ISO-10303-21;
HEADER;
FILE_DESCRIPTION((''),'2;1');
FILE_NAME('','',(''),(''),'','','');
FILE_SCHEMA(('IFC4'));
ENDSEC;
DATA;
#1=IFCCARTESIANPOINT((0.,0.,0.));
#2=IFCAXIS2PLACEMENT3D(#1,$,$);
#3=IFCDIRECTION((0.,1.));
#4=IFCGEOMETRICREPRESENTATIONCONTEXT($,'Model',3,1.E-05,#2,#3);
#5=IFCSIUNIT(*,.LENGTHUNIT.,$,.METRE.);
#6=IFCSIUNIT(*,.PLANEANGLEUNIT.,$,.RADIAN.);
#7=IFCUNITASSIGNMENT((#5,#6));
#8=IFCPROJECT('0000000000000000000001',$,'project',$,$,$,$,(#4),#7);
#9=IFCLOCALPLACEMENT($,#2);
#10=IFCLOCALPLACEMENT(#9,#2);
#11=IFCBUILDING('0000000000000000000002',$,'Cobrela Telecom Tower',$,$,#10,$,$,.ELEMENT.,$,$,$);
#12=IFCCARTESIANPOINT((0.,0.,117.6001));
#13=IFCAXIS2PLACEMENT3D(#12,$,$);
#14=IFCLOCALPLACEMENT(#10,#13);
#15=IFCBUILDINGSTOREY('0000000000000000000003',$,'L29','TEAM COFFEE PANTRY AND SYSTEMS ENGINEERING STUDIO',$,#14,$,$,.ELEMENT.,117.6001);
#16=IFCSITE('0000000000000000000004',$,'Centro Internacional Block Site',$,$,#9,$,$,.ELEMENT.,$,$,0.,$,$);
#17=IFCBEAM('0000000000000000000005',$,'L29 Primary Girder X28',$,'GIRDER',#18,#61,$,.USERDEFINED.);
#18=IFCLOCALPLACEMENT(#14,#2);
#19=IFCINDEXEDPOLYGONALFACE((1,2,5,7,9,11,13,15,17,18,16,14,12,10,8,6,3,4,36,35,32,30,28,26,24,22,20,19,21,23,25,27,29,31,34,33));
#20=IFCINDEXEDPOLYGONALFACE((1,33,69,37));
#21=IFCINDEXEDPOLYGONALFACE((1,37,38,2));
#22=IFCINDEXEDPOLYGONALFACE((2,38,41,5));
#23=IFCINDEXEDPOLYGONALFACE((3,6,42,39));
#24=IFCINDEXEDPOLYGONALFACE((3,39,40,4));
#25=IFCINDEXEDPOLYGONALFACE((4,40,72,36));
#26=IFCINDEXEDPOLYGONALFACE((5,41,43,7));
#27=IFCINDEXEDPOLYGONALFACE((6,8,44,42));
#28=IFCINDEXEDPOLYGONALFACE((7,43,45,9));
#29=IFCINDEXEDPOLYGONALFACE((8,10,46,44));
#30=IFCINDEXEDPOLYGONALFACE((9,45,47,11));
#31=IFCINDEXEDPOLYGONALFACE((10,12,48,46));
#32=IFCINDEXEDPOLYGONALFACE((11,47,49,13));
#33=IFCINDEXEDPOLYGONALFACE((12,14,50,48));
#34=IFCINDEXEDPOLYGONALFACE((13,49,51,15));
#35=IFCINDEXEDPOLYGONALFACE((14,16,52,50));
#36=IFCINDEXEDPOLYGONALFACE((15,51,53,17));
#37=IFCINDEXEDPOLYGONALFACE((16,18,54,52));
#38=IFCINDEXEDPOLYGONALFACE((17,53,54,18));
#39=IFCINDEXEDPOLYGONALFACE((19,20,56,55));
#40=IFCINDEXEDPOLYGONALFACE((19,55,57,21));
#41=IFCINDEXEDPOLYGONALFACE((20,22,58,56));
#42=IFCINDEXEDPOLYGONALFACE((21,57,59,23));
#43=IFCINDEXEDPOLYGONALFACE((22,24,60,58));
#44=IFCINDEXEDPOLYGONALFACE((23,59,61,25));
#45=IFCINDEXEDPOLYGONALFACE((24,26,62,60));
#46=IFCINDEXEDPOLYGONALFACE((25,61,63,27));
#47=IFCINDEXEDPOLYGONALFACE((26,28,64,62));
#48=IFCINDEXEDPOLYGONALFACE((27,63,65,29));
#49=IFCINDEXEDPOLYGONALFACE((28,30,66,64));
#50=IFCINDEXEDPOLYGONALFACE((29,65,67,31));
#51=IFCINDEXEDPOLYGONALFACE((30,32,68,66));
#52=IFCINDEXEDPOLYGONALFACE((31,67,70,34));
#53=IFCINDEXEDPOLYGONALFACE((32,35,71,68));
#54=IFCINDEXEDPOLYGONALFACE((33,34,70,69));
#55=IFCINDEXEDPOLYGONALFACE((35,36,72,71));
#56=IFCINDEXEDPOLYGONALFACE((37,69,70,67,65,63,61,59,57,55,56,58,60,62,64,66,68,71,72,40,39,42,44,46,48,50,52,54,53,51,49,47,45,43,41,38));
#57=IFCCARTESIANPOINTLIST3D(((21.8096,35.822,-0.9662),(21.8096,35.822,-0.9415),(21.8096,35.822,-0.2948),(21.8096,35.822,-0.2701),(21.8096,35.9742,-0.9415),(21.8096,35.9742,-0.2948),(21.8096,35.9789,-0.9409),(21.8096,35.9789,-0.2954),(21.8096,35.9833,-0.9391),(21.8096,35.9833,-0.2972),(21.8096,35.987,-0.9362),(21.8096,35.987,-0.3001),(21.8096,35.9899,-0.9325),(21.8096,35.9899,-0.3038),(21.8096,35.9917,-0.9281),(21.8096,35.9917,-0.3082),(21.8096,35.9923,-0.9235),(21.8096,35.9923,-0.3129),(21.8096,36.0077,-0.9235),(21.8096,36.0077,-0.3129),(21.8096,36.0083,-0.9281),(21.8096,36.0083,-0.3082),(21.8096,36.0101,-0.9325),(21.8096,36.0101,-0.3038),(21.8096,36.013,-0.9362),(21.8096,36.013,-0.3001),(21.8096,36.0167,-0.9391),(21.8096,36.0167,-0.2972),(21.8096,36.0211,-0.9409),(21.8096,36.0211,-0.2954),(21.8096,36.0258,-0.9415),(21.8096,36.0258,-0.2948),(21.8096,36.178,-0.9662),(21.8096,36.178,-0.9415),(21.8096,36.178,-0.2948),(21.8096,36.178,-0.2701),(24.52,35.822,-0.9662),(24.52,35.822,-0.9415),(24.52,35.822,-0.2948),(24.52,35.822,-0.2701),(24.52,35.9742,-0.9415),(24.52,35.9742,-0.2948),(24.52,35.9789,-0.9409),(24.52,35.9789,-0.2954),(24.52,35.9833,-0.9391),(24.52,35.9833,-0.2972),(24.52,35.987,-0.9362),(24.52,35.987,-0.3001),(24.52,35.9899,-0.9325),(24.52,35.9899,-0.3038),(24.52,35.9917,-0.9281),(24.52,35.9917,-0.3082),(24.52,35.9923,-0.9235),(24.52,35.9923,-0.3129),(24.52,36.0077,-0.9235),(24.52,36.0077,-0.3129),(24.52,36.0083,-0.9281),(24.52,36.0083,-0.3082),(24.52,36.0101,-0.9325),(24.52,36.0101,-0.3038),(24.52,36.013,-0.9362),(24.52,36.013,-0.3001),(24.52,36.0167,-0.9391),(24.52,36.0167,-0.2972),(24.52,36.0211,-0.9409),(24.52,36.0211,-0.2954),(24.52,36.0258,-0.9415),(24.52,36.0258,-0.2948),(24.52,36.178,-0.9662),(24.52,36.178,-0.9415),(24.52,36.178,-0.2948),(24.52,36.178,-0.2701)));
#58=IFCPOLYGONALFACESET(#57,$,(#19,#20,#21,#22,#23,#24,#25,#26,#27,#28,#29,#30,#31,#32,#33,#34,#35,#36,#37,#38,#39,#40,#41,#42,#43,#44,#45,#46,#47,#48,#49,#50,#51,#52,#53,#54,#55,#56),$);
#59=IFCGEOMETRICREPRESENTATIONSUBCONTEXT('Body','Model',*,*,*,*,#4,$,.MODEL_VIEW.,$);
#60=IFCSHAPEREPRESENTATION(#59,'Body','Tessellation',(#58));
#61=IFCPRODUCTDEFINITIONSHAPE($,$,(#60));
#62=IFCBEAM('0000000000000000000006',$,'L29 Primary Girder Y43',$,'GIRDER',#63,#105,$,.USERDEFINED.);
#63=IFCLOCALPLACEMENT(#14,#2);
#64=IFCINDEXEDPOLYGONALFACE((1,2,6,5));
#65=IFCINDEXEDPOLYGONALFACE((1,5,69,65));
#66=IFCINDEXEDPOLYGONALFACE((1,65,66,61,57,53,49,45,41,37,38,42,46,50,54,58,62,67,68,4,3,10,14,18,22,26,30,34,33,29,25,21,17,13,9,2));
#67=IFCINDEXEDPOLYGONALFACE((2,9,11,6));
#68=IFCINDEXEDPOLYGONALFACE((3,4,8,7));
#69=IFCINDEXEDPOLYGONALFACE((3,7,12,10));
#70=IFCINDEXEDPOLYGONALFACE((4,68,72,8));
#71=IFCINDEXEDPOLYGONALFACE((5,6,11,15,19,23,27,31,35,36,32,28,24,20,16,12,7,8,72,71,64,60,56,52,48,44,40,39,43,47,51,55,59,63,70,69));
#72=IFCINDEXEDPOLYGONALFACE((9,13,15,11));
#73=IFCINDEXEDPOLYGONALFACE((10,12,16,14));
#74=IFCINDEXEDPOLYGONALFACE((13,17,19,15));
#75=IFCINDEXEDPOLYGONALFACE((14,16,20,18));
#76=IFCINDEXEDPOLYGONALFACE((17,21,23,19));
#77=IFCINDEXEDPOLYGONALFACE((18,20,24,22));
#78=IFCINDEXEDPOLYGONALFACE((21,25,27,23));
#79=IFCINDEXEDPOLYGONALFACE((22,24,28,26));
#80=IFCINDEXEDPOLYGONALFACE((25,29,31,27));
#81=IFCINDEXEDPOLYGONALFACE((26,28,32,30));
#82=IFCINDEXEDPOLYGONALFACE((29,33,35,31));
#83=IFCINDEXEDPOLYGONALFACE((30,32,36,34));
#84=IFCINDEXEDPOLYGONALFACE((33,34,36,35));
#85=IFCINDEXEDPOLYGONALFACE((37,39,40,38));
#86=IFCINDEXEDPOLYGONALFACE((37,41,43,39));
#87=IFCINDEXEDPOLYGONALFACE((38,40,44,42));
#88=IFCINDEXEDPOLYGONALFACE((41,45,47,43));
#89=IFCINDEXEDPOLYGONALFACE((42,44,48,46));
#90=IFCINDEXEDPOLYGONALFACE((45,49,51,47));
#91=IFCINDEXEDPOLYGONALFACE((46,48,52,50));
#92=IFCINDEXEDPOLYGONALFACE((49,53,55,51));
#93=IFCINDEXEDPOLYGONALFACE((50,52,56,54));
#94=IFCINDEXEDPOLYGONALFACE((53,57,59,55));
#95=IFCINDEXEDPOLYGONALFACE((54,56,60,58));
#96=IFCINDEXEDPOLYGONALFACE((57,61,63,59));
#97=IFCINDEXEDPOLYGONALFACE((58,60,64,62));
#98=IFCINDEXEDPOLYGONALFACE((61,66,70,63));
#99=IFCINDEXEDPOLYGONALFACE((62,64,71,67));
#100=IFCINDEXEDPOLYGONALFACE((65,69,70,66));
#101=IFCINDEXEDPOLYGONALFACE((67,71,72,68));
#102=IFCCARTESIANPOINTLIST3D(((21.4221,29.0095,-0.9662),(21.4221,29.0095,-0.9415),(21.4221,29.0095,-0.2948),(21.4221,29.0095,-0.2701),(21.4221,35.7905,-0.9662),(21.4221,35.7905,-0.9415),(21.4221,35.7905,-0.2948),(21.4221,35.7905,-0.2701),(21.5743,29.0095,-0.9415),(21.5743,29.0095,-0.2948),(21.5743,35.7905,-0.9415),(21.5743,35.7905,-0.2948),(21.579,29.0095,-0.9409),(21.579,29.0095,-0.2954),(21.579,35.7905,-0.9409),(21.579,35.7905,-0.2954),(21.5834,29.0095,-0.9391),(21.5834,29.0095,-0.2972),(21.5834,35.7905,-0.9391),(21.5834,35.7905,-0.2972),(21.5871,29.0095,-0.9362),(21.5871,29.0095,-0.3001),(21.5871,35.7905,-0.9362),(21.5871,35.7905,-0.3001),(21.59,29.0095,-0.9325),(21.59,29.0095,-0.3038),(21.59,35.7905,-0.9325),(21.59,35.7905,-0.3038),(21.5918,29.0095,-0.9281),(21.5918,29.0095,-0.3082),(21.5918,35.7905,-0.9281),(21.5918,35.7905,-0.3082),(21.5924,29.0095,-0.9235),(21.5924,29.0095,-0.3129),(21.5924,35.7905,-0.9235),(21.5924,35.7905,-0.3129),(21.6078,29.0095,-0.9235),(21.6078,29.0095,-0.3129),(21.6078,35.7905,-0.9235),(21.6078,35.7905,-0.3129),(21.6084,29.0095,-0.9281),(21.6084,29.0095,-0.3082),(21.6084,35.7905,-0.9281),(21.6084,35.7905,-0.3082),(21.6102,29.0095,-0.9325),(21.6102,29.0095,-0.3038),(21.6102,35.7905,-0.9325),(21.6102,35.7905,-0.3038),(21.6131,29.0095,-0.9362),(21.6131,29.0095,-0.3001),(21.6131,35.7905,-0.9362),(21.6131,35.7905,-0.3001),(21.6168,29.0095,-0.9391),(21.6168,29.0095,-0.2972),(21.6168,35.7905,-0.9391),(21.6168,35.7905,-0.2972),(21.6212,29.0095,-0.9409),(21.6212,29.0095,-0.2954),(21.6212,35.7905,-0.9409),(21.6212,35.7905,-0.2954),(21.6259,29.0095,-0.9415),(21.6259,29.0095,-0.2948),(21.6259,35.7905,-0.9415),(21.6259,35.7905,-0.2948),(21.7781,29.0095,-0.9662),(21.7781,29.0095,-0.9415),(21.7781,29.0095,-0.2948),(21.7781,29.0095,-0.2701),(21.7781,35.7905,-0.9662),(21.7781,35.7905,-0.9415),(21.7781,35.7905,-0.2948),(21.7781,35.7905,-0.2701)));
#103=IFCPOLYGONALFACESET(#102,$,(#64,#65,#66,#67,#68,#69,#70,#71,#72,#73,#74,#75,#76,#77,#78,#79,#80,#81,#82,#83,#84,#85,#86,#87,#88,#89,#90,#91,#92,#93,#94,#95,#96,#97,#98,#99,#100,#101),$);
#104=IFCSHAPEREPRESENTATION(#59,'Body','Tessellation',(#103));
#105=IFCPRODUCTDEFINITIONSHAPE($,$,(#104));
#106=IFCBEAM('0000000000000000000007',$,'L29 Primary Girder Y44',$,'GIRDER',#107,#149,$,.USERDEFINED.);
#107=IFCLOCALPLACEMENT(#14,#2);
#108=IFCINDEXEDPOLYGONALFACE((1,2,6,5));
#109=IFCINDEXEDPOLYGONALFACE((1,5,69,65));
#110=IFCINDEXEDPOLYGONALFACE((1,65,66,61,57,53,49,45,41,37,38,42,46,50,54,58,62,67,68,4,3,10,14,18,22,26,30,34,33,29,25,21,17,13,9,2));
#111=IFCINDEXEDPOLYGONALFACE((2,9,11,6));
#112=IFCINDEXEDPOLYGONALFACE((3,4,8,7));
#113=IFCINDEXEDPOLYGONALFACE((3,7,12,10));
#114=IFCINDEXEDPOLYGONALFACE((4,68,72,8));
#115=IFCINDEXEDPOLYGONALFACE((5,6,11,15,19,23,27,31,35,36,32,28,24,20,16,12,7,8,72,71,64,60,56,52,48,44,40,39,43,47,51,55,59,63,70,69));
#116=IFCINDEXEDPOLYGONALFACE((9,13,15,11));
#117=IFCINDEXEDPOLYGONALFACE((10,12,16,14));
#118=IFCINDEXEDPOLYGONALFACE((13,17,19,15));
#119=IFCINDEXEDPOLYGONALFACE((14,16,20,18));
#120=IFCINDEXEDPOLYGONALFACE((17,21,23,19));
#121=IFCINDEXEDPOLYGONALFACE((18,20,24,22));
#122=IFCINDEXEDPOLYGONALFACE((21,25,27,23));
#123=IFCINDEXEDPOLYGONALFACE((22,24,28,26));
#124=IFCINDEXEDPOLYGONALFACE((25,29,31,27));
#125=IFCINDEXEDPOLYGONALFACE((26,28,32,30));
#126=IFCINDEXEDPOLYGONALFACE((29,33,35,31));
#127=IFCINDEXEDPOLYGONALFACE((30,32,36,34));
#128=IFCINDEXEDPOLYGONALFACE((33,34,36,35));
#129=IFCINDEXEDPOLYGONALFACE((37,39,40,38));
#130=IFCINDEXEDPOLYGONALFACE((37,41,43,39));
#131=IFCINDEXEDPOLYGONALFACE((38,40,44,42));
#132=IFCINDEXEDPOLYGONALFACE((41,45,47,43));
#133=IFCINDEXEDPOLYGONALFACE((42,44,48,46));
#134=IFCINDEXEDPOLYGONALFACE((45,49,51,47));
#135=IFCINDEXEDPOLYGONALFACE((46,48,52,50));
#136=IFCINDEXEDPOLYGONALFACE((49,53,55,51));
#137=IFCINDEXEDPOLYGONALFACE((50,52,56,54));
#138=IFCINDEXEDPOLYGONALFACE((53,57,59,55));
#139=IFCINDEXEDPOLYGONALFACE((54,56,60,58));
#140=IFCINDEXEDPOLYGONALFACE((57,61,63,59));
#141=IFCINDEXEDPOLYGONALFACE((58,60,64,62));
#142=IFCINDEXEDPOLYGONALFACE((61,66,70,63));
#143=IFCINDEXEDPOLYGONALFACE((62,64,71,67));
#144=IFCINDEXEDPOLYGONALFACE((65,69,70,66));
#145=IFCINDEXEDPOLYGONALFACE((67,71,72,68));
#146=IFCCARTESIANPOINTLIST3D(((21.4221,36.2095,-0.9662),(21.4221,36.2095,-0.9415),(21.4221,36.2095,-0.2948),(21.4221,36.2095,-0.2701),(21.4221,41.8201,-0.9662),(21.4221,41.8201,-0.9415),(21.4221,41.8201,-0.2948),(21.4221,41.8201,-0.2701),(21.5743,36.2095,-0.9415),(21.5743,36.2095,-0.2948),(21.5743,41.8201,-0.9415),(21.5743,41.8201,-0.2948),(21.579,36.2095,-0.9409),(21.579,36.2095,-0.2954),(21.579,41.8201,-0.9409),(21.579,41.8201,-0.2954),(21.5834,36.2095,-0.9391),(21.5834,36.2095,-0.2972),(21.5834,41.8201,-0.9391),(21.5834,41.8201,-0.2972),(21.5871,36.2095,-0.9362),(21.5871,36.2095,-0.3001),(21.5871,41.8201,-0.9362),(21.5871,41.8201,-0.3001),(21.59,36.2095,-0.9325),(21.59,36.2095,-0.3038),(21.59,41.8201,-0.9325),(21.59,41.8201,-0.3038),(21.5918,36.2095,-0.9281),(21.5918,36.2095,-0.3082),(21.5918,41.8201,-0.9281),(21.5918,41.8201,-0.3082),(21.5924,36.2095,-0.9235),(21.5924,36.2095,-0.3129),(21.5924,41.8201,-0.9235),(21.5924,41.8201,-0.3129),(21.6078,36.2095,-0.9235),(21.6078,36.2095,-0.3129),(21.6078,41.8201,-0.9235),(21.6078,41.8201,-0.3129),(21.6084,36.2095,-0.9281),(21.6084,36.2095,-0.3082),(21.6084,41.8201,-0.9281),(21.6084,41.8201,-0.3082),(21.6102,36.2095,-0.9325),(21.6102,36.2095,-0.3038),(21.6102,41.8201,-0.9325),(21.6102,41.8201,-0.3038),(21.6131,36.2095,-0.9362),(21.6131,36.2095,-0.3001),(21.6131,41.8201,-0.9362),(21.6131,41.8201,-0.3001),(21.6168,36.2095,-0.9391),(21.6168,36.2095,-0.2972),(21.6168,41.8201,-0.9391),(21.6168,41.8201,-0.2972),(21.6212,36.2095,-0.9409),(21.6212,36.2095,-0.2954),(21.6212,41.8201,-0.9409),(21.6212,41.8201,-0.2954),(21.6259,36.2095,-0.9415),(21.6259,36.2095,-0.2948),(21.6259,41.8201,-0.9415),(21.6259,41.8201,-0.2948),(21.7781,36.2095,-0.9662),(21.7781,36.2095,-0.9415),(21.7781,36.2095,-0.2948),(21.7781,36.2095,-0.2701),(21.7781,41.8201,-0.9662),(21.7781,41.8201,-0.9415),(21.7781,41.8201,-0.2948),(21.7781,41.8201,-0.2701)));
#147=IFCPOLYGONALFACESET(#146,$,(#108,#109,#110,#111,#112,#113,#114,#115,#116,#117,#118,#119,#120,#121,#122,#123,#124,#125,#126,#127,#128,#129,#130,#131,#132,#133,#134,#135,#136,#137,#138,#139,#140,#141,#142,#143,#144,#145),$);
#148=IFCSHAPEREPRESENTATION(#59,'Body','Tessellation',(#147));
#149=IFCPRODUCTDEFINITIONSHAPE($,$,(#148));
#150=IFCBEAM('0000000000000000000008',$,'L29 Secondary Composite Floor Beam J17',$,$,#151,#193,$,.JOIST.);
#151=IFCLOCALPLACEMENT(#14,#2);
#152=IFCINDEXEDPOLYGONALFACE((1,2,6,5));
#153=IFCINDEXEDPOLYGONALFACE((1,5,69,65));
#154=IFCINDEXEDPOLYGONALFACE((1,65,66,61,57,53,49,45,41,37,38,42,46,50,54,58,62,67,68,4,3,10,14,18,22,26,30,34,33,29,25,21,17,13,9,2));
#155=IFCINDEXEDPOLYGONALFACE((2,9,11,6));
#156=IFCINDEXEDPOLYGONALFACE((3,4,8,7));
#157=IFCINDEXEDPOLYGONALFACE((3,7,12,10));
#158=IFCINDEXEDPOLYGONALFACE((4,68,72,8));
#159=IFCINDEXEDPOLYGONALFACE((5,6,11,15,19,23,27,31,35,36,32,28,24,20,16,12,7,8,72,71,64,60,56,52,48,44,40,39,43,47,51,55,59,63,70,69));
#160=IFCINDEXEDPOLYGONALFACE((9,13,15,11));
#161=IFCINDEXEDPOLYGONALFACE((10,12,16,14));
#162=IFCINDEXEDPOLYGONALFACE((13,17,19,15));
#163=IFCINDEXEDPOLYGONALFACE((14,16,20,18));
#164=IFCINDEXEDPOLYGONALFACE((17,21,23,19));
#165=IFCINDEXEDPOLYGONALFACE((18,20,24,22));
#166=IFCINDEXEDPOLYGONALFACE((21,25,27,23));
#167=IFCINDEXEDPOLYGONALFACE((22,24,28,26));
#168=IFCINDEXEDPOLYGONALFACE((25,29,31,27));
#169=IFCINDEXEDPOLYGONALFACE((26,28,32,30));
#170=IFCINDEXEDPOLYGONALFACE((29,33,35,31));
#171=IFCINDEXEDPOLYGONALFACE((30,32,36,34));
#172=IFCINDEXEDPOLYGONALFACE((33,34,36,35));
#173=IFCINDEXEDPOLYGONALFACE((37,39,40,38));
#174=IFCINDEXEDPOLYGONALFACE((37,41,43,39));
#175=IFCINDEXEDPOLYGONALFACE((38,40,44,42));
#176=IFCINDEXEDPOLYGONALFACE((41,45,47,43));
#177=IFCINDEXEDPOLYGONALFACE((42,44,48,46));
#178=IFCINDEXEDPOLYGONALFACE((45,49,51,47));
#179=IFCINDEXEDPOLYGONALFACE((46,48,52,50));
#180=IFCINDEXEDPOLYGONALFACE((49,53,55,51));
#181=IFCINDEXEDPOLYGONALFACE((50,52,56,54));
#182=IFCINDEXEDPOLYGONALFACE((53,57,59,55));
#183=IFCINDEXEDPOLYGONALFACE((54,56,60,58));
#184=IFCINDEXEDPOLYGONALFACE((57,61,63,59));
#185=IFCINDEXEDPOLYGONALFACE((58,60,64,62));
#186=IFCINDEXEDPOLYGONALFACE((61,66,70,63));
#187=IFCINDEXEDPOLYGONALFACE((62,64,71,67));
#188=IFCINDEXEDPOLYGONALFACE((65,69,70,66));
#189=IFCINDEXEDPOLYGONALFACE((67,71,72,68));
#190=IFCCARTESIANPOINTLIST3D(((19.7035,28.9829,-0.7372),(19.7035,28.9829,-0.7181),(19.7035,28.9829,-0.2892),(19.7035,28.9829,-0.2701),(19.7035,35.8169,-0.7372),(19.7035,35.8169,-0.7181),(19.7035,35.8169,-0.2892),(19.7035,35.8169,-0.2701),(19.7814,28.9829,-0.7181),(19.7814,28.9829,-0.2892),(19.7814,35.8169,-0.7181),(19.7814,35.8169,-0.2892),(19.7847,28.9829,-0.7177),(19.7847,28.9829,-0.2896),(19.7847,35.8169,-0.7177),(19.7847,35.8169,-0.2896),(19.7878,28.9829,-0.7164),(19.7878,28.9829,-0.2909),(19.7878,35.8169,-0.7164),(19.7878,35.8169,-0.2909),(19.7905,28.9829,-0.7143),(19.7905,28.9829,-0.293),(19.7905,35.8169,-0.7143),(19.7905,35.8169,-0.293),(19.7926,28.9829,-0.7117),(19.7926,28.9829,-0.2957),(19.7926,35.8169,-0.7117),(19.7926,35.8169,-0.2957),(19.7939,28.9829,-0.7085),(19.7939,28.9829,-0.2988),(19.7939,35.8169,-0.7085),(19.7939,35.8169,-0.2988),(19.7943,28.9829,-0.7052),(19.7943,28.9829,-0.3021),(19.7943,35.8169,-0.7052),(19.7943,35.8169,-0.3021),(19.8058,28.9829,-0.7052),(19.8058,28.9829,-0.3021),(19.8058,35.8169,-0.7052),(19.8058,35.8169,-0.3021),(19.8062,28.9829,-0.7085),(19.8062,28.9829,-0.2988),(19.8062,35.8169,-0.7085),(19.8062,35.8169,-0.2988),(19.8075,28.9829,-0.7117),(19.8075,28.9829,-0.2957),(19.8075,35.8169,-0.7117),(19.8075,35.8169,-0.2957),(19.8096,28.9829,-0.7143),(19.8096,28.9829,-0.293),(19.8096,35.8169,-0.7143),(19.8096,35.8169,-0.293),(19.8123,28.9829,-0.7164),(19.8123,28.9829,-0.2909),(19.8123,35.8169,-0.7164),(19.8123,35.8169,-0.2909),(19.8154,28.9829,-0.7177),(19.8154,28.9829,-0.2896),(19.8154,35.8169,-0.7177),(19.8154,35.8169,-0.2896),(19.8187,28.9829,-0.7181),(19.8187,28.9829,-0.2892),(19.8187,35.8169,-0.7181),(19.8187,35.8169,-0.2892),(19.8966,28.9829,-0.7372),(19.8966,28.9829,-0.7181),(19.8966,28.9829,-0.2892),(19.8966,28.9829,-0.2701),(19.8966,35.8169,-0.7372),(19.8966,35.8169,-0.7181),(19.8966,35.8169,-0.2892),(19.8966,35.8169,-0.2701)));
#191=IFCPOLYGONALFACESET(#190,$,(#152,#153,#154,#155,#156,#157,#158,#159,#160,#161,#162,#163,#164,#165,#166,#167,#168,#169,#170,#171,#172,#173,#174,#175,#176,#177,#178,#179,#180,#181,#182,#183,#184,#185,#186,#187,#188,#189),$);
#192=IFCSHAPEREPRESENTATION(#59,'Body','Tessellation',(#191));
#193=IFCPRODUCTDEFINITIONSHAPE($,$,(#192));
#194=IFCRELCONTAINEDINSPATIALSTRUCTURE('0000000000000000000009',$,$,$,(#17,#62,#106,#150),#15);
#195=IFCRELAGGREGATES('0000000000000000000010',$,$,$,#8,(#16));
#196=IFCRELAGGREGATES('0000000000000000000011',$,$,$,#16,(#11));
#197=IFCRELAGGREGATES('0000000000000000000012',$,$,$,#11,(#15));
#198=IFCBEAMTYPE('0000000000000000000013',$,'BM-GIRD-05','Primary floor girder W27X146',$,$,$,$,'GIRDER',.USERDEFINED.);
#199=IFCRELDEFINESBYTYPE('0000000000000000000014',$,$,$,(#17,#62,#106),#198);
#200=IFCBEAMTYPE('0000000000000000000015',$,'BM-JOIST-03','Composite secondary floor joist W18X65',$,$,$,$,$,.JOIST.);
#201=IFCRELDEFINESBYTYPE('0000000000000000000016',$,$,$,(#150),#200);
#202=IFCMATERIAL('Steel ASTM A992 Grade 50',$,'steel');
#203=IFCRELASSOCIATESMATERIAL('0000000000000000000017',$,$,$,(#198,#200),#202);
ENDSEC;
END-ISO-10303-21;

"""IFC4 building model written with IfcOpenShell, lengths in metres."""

from ifc_helpers import new_model, si_unit, direction, frame, origin, origin_2d, place, context, subcontext, project, spatial, i_section, extrude, material, material_profile, profile_set, type_object, element, save


model = new_model("IFC4")

# Units and contexts
model_context = context("Model", 3, precision=1e-05, world=origin(), true_north=direction((0.0, 1.0)))
body_context = subcontext(model_context, "Body", "Model", "MODEL_VIEW")
ifc_project = project(units=[si_unit("LENGTHUNIT", "METRE"), si_unit("PLANEANGLEUNIT", "RADIAN")], contexts=[model_context])

# Site, building, storey
site_placement = place(None, origin())
site = spatial("IfcSite", under=ifc_project, at=site_placement, Name="Centro Internacional Block Site", CompositionType="ELEMENT", RefElevation=0.0)
building_placement = place(site_placement, origin())
building = spatial("IfcBuilding", under=site, at=building_placement, Name="Cobrela Telecom Tower", CompositionType="ELEMENT")
storey_placement = place(building_placement, frame((0.0, 0.0, 117.6001)))
storey = spatial("IfcBuildingStorey", under=building, at=storey_placement, Name="L29", Description="TEAM COFFEE PANTRY AND SYSTEMS ENGINEERING STUDIO", CompositionType="ELEMENT", Elevation=117.6001)

# Shared definitions
ifc_material_1 = material(Name="Steel ASTM A992 Grade 50", Category="steel")

# Beams
ifc_material_profile_1 = material_profile(ifc_material_1, i_section(OverallWidth=0.356, OverallDepth=0.696, WebThickness=0.0154, FlangeThickness=0.0247, FilletRadius=0.0181, at=origin_2d()), Name="W27X146")
ifc_profile_set_1 = profile_set([ifc_material_profile_1], Name="Steel ASTM A992 Grade 50")
beam_type_1 = type_object("IfcBeamType", Name="BM-GIRD-05", Description="Primary floor girder W27X146", ElementType="GIRDER", PredefinedType="USERDEFINED", material=ifc_profile_set_1)
for number, where, z_axis, x_axis, name in (
    (1, (21.8096, 36.0, -0.6182), (1.0, 0.0, 0.0), (0.0, 1.0, 0.0), "L29 Primary Girder X28"),
):
    element("IfcBeam", number, at=place(storey_placement, frame(where, z_axis=z_axis, x_axis=x_axis)), inside=storey, type_object=beam_type_1, Name=name, ObjectType="GIRDER", PredefinedType="USERDEFINED", context=body_context, shape_type="SweptSolid", body=[
        extrude(i_section(OverallWidth=0.356, OverallDepth=0.696, WebThickness=0.0154, FlangeThickness=0.0247, FilletRadius=0.0181, at=origin_2d()), origin(), (0.0, 0.0, 1.0), 2.7104),
    ])
beam_1_placement = place(storey_placement, frame((21.6001, 29.0095, -0.6182), z_axis=(0.0, 1.0, 0.0), x_axis=(-1.0, 0.0, 0.0)))
element("IfcBeam", 2, at=beam_1_placement, inside=storey, type_object=beam_type_1, Name="L29 Primary Girder Y43", ObjectType="GIRDER", PredefinedType="USERDEFINED", context=body_context, shape_type="SweptSolid", body=[
    extrude(i_section(OverallWidth=0.356, OverallDepth=0.696, WebThickness=0.0154, FlangeThickness=0.0247, FilletRadius=0.0181, at=origin_2d()), origin(), (0.0, 0.0, 1.0), 6.781),
])
beam_2_placement = place(storey_placement, frame((21.6001, 36.2095, -0.6182), z_axis=(0.0, 1.0, 0.0), x_axis=(-1.0, 0.0, 0.0)))
element("IfcBeam", 3, at=beam_2_placement, inside=storey, type_object=beam_type_1, Name="L29 Primary Girder Y44", ObjectType="GIRDER", PredefinedType="USERDEFINED", context=body_context, shape_type="SweptSolid", body=[
    extrude(i_section(OverallWidth=0.356, OverallDepth=0.696, WebThickness=0.0154, FlangeThickness=0.0247, FilletRadius=0.0181, at=origin_2d()), origin(), (0.0, 0.0, 1.0), 5.6106),
])
ifc_material_profile_2 = material_profile(ifc_material_1, i_section(OverallWidth=0.1931, OverallDepth=0.467, WebThickness=0.0115, FlangeThickness=0.019, FilletRadius=0.0129, at=origin_2d()), Name="W18X65")
ifc_profile_set_2 = profile_set([ifc_material_profile_2], Name="Steel ASTM A992 Grade 50")
beam_type_2 = type_object("IfcBeamType", Name="BM-JOIST-03", Description="Composite secondary floor joist W18X65", PredefinedType="JOIST", material=ifc_profile_set_2)
beam_3_placement = place(storey_placement, frame((19.8, 28.9829, -0.5037), z_axis=(0.0, 1.0, 0.0), x_axis=(-1.0, 0.0, 0.0)))
element("IfcBeam", 4, at=beam_3_placement, inside=storey, type_object=beam_type_2, Name="L29 Secondary Composite Floor Beam J17", PredefinedType="JOIST", context=body_context, shape_type="SweptSolid", body=[
    extrude(i_section(OverallWidth=0.1931, OverallDepth=0.467, WebThickness=0.0115, FlangeThickness=0.019, FilletRadius=0.0129, at=origin_2d()), origin(), (0.0, 0.0, 1.0), 6.834),
])

save(model, "model.ifc")
